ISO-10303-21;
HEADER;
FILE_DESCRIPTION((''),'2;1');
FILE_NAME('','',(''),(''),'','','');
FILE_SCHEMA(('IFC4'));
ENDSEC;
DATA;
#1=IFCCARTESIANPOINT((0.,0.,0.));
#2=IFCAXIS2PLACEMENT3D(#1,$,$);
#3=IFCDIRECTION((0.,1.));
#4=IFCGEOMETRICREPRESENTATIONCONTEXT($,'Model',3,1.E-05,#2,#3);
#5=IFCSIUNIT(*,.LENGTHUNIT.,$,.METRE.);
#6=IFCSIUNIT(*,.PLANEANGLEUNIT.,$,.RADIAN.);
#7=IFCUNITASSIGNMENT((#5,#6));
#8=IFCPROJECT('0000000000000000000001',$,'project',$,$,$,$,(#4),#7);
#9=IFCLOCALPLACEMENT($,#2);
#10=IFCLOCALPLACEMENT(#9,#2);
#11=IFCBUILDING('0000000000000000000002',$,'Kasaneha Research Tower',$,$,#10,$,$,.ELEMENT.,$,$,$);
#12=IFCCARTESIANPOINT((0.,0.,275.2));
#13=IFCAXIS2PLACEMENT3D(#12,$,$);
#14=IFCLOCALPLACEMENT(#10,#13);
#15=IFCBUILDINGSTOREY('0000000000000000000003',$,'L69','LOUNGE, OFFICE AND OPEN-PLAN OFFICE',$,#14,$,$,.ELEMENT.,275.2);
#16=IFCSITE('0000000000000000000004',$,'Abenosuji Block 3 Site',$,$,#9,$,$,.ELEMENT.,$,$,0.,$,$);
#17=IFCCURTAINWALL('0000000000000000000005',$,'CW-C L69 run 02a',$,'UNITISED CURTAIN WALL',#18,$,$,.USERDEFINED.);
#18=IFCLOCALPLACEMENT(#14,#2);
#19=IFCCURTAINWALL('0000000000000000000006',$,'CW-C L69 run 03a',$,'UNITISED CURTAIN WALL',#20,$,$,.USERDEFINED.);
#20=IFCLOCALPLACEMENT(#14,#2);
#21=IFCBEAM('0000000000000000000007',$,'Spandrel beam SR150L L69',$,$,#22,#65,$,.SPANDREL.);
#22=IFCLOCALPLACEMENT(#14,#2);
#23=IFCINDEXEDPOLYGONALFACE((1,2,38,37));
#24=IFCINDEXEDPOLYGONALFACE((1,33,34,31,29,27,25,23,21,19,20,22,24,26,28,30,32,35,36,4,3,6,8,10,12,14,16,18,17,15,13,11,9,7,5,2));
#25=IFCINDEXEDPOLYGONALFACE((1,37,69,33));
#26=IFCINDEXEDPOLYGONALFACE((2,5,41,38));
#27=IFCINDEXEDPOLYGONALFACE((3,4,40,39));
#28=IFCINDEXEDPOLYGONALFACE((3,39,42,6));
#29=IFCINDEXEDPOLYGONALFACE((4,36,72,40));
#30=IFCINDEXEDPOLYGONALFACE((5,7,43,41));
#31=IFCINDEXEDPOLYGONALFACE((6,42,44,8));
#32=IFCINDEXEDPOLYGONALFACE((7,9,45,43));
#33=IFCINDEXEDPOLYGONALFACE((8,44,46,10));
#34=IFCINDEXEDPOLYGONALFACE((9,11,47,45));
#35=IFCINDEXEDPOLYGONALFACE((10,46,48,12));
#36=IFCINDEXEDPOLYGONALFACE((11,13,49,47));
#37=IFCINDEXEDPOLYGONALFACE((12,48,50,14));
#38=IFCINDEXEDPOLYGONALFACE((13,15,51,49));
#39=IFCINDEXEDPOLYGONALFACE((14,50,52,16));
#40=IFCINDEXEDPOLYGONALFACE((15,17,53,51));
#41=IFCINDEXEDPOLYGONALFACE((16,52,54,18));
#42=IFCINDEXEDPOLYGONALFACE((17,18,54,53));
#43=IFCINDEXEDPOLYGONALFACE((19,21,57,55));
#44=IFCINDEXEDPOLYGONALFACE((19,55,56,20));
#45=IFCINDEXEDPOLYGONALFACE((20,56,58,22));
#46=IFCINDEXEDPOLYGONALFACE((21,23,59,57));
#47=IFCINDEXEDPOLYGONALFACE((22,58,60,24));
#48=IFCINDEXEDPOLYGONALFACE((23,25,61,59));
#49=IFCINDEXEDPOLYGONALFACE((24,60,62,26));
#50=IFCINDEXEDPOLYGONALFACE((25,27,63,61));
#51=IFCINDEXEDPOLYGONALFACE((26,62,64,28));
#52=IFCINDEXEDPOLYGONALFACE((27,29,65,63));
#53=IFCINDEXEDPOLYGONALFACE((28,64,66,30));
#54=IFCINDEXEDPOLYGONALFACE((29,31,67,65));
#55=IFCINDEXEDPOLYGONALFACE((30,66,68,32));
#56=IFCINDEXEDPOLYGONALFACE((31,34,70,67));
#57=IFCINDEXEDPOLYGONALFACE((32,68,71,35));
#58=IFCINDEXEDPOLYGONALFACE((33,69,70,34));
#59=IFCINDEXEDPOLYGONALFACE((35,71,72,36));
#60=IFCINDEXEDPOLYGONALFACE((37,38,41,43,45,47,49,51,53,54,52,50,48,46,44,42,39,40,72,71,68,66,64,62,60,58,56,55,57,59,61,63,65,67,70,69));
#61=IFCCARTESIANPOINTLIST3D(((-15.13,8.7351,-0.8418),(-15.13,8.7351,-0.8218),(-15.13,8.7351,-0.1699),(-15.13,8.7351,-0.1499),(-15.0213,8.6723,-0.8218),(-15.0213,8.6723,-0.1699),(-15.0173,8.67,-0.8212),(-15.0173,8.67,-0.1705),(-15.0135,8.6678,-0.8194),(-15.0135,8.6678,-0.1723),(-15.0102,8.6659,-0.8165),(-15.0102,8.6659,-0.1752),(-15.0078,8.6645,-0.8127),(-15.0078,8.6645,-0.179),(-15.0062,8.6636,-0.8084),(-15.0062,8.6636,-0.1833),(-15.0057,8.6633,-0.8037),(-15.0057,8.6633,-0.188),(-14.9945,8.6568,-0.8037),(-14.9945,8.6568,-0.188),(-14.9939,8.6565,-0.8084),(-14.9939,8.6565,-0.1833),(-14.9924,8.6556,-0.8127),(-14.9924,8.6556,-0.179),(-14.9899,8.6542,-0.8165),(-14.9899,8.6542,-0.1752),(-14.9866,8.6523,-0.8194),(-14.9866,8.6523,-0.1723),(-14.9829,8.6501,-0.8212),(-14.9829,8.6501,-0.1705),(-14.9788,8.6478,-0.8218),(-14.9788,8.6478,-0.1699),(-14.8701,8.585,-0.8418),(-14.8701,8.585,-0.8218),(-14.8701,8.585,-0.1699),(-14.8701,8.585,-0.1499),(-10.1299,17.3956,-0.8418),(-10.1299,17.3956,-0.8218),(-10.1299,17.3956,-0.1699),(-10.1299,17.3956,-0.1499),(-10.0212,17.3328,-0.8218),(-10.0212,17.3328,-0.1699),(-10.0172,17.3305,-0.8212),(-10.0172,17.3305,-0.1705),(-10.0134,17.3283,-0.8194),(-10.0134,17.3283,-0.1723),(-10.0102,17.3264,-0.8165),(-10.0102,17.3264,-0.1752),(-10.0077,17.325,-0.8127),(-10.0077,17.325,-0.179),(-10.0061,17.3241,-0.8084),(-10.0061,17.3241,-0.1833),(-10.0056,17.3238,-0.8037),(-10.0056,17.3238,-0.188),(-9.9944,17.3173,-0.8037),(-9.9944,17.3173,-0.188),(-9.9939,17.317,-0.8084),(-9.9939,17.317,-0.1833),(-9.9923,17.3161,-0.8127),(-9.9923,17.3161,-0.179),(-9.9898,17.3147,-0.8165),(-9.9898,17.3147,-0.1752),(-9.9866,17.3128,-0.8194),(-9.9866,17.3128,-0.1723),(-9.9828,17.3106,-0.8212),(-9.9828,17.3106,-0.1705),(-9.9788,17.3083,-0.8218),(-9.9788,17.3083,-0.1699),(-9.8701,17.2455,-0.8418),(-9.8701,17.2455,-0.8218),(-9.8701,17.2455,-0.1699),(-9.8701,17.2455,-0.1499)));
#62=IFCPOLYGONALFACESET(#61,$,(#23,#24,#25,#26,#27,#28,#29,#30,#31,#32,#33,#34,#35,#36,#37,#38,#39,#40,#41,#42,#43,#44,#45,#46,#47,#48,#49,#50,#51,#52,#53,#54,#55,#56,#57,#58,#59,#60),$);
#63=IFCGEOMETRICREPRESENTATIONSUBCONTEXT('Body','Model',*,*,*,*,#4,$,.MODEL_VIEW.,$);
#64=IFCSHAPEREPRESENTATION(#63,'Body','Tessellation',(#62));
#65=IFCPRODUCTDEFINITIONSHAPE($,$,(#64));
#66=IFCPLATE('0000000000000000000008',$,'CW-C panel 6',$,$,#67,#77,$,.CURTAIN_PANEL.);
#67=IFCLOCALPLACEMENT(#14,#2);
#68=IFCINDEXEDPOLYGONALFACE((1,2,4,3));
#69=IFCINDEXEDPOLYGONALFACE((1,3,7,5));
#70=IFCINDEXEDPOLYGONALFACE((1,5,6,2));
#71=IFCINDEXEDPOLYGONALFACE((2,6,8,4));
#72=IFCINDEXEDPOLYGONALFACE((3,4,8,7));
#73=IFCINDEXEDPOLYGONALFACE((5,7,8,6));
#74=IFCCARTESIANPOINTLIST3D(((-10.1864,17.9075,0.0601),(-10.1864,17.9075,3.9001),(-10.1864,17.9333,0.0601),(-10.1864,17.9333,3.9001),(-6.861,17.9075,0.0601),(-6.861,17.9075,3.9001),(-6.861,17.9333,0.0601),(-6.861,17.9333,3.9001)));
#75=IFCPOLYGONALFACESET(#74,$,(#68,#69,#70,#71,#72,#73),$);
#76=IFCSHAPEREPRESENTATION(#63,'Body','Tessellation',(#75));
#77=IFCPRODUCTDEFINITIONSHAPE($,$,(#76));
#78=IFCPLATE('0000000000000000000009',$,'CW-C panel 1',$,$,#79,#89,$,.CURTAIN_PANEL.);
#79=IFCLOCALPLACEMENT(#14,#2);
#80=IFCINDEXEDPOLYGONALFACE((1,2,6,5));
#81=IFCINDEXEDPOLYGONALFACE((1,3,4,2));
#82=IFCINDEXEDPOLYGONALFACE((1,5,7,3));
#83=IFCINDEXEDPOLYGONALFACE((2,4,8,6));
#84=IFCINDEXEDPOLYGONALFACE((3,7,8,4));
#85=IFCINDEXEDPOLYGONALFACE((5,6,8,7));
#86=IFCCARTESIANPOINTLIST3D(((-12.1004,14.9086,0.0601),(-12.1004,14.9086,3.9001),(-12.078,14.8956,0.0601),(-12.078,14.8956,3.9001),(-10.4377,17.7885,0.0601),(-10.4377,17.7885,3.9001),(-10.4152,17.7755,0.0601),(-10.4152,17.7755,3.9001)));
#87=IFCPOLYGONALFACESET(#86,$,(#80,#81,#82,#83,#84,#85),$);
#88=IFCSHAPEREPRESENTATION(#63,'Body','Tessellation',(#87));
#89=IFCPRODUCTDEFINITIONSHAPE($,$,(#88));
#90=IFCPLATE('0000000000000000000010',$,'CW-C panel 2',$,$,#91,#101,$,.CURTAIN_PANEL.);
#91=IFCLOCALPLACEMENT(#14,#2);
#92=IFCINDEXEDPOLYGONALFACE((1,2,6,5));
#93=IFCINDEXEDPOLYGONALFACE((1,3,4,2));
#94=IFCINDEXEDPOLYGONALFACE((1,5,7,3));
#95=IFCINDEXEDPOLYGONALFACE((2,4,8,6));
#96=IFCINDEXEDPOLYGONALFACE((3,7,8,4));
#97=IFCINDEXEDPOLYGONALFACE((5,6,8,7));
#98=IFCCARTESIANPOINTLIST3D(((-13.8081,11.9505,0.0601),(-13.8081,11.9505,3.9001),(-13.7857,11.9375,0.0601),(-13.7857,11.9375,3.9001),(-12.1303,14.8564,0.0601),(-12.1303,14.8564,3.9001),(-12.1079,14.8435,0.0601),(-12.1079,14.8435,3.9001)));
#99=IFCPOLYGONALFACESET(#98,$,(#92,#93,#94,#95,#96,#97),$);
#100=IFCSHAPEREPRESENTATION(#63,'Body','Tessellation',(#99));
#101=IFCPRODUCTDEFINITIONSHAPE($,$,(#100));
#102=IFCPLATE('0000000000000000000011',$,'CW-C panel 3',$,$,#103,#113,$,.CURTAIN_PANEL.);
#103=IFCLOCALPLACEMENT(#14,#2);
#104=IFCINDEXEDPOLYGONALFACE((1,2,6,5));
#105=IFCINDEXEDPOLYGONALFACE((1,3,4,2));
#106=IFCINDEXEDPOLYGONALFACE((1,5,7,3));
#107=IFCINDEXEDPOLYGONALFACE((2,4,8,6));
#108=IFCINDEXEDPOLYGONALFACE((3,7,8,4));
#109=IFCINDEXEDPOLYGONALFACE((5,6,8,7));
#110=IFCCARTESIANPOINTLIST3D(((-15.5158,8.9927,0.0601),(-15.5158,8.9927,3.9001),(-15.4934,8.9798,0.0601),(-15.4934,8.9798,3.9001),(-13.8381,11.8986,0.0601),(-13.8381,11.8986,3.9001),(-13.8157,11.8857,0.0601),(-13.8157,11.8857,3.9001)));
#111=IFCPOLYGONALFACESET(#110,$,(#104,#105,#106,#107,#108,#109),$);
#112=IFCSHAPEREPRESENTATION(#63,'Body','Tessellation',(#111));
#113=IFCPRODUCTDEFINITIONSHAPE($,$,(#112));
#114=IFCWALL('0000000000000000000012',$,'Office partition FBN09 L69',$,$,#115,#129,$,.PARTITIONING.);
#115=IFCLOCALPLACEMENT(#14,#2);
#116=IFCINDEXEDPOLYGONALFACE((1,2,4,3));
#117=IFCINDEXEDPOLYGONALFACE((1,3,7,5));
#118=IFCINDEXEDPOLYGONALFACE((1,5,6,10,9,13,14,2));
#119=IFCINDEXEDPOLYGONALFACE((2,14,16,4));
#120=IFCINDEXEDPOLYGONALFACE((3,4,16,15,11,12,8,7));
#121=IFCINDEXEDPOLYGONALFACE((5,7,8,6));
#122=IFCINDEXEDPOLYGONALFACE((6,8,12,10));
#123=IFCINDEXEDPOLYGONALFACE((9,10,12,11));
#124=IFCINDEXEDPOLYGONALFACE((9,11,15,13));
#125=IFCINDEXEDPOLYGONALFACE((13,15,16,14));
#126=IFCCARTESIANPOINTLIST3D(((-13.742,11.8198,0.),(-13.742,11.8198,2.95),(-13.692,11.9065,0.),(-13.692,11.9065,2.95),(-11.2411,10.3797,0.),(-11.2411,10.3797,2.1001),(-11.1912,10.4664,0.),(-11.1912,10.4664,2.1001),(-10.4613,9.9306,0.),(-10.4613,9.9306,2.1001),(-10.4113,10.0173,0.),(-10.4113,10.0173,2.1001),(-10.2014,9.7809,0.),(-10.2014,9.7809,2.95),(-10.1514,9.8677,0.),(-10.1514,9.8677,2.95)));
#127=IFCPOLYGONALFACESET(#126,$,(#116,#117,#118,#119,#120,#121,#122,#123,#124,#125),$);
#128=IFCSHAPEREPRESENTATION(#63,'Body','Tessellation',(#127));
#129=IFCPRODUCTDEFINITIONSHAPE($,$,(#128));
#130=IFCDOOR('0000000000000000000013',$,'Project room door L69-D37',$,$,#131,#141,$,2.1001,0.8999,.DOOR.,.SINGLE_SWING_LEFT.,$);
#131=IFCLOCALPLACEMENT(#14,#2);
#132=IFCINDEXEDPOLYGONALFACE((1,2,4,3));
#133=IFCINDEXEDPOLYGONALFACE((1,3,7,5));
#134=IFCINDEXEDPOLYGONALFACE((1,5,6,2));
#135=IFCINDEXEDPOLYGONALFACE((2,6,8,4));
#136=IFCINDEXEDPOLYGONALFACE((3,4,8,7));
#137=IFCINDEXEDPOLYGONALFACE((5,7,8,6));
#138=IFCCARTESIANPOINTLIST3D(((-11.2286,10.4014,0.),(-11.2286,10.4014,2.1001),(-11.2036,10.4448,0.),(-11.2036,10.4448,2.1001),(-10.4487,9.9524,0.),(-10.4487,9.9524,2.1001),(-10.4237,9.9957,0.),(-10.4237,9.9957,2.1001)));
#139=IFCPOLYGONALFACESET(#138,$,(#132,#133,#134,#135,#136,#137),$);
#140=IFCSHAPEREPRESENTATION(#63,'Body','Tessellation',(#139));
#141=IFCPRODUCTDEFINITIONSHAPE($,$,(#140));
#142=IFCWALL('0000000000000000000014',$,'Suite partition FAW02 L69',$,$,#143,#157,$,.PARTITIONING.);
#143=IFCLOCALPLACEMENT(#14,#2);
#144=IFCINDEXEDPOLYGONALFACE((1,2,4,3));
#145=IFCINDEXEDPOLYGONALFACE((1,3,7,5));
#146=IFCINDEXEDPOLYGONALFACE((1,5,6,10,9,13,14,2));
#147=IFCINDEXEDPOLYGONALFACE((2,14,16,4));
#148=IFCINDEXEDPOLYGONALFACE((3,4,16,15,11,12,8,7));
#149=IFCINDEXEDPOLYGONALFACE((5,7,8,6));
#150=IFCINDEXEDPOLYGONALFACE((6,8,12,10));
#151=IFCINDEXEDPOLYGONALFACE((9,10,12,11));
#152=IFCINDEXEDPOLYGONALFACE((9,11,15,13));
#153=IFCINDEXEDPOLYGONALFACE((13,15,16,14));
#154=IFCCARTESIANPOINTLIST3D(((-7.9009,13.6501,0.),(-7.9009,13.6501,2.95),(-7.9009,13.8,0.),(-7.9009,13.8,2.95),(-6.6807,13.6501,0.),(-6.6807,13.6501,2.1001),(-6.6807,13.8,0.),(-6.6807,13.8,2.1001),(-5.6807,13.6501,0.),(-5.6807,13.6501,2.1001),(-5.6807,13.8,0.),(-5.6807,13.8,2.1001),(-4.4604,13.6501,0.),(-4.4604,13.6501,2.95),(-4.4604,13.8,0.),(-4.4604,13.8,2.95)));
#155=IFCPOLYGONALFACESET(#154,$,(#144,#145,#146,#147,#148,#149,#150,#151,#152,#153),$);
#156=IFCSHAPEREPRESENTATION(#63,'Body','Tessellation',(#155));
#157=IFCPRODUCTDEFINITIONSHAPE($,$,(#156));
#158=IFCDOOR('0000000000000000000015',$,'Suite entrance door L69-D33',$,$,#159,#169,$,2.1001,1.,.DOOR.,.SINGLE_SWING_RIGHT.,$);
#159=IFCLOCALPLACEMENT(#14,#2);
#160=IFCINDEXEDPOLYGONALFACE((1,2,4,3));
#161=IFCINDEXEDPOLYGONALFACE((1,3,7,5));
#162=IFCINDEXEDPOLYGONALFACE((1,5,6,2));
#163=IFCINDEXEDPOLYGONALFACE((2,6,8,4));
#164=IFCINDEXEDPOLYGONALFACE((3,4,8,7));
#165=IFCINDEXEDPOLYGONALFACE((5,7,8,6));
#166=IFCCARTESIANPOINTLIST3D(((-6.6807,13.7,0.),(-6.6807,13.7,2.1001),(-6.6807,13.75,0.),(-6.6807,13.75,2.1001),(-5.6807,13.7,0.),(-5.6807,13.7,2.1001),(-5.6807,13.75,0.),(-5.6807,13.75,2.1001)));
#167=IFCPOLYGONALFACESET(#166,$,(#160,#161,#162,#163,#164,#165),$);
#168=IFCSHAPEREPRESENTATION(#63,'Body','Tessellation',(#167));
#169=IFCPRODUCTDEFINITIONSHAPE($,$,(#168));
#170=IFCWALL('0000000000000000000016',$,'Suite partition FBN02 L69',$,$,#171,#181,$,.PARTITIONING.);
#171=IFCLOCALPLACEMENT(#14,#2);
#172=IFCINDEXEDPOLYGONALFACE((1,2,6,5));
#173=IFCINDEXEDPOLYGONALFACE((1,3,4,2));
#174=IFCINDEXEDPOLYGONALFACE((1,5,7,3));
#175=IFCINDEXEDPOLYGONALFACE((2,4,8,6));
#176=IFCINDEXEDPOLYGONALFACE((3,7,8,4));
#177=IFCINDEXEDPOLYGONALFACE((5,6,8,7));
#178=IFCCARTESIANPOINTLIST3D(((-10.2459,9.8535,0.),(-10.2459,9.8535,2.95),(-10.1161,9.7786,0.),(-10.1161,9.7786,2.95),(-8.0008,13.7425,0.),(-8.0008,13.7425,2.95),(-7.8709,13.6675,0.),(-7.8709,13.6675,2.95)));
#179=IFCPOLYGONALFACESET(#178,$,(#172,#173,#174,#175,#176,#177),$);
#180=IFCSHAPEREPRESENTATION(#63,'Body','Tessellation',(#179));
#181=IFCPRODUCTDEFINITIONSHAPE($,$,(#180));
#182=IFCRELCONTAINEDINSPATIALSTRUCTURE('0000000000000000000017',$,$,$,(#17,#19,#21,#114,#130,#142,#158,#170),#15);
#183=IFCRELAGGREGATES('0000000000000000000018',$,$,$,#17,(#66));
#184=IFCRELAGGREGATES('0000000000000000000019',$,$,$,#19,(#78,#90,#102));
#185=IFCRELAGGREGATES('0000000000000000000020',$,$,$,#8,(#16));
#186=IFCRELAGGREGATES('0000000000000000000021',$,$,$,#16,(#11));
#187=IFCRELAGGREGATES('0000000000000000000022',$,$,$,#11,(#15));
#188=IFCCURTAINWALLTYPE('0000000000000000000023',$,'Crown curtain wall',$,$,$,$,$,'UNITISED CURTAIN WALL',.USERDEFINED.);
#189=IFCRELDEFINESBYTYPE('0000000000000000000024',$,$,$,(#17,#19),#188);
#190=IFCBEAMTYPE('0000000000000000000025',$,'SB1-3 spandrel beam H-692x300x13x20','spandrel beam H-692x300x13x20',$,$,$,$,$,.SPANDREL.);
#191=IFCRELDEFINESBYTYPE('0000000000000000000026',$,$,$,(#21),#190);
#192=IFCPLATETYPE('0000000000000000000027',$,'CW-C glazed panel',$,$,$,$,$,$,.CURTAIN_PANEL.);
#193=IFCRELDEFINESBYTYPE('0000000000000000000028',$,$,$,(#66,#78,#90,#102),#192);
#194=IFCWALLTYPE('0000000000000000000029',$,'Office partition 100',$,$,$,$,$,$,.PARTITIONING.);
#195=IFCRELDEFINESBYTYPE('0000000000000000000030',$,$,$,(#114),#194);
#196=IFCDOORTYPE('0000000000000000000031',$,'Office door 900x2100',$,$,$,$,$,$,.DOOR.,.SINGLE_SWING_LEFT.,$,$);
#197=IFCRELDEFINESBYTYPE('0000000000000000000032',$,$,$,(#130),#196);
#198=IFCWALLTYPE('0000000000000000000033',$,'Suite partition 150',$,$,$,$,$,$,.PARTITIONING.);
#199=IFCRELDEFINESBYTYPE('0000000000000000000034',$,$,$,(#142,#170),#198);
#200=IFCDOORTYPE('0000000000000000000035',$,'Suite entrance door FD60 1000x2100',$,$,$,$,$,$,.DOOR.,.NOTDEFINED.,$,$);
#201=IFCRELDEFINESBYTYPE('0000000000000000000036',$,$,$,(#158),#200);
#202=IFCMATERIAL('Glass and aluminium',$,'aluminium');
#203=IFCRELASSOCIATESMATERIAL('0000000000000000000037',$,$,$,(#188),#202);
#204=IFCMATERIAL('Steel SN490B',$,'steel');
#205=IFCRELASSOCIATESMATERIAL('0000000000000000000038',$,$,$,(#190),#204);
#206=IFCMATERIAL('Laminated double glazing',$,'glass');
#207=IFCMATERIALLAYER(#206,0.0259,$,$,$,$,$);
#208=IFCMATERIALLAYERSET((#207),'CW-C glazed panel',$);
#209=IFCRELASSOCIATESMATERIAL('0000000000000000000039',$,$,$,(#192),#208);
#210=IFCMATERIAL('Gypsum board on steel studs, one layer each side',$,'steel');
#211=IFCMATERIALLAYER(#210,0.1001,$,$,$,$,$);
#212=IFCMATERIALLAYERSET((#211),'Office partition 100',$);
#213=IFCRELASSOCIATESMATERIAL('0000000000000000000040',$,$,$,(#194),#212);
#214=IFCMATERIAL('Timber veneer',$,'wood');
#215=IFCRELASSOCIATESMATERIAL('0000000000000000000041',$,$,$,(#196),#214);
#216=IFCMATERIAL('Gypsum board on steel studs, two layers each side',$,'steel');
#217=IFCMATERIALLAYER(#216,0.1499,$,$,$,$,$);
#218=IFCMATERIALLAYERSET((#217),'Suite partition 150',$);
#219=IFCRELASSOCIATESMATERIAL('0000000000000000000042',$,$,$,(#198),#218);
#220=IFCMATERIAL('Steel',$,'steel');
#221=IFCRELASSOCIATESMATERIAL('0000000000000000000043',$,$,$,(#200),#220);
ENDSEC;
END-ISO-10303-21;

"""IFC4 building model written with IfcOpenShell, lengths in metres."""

from ifc_helpers import new_model, si_unit, direction, frame, frame_2d, origin, origin_2d, place, context, subcontext, project, spatial, rectangle, i_section, extrude, material, layer, layer_set, material_profile, profile_set, type_object, element, fill, aggregate, save


model = new_model("IFC4")

# Units and contexts
model_context = context("Model", 3, precision=1e-05, world=origin(), true_north=direction((0.0, 1.0)))
body_context = subcontext(model_context, "Body", "Model", "MODEL_VIEW")
ifc_project = project(units=[si_unit("LENGTHUNIT", "METRE"), si_unit("PLANEANGLEUNIT", "RADIAN")], contexts=[model_context])

# Site, building, storey
site_placement = place(None, origin())
site = spatial("IfcSite", under=ifc_project, at=site_placement, Name="Abenosuji Block 3 Site", CompositionType="ELEMENT", RefElevation=0.0)
building_placement = place(site_placement, origin())
building = spatial("IfcBuilding", under=site, at=building_placement, Name="Kasaneha Research Tower", CompositionType="ELEMENT")
storey_placement = place(building_placement, frame((0.0, 0.0, 275.2)))
storey = spatial("IfcBuildingStorey", under=building, at=storey_placement, Name="L69", Description="LOUNGE, OFFICE AND OPEN-PLAN OFFICE", CompositionType="ELEMENT", Elevation=275.2)

# Curtain wall
ifc_material_1 = material(Name="Glass and aluminium", Category="aluminium")
curtain_wall_type = type_object("IfcCurtainWallType", Name="Crown curtain wall", ElementType="UNITISED CURTAIN WALL", PredefinedType="USERDEFINED", material=ifc_material_1)
curtain_wall_1_placement = place(storey_placement, origin())
curtain_wall_1 = element("IfcCurtainWall", 1, at=curtain_wall_1_placement, inside=storey, type_object=curtain_wall_type, Name="CW-C L69 run 02a", ObjectType="UNITISED CURTAIN WALL", PredefinedType="USERDEFINED")

# Curtain wall
curtain_wall_2_placement = place(storey_placement, origin())
curtain_wall_2 = element("IfcCurtainWall", 2, at=curtain_wall_2_placement, inside=storey, type_object=curtain_wall_type, Name="CW-C L69 run 03a", ObjectType="UNITISED CURTAIN WALL", PredefinedType="USERDEFINED")

# Beam
ifc_material_2 = material(Name="Steel SN490B", Category="steel")
ifc_material_profile_1 = material_profile(ifc_material_2, i_section(OverallWidth=0.3, OverallDepth=0.6919, WebThickness=0.0129, FlangeThickness=0.02, FilletRadius=0.0181, at=origin_2d()), Name="H-692x300x13x20")
ifc_profile_set_1 = profile_set([ifc_material_profile_1], Name="Steel SN490B")
beam_type_1 = type_object("IfcBeamType", Name="SB1-3 spandrel beam H-692x300x13x20", Description="spandrel beam H-692x300x13x20", PredefinedType="SPANDREL", material=ifc_profile_set_1)
beam_1_placement = place(storey_placement, frame((-10.0, 17.3206, -0.4958), z_axis=(-0.499994, -0.866029, 0.0), x_axis=(0.866029, -0.499994, 0.0)))
element("IfcBeam", 3, at=beam_1_placement, inside=storey, type_object=beam_type_1, Name="Spandrel beam SR150L L69", PredefinedType="SPANDREL", context=body_context, shape_type="SweptSolid", body=[
    extrude(i_section(OverallWidth=0.3, OverallDepth=0.6919, WebThickness=0.0129, FlangeThickness=0.02, FilletRadius=0.0181, at=origin_2d()), origin(), (0.0, 0.0, 1.0), 10.0002),
])

# Plates
ifc_material_3 = material(Name="Laminated double glazing", Category="glass")
ifc_layer_1 = layer(ifc_material_3, 0.0259)
ifc_layer_set_1 = layer_set([ifc_layer_1], Name="CW-C glazed panel")
plate_type = type_object("IfcPlateType", Name="CW-C glazed panel", PredefinedType="CURTAIN_PANEL", material=ifc_layer_set_1)
plate_1_placement = place(storey_placement, frame((-8.5237, 17.9204, 0.0601), z_axis=(0.0, 0.0, 1.0), x_axis=(-1.0, 0.0, 0.0)))
plate_1 = element("IfcPlate", 4, at=plate_1_placement, type_object=plate_type, Name="CW-C panel 6", PredefinedType="CURTAIN_PANEL", context=body_context, shape_type="SweptSolid", body=[
    extrude(rectangle(XDim=3.3254, YDim=0.0259, at=origin_2d()), origin(), (0.0, 0.0, 1.0), 3.8401),
])
aggregate(curtain_wall_1, [plate_1])
plate_2_placement = place(storey_placement, frame((-11.2578, 16.342, 0.0601), z_axis=(0.0, 0.0, 1.0), x_axis=(-0.5, -0.866025, 0.0)))
plate_2 = element("IfcPlate", 5, at=plate_2_placement, type_object=plate_type, Name="CW-C panel 1", PredefinedType="CURTAIN_PANEL", context=body_context, shape_type="SweptSolid", body=[
    extrude(rectangle(XDim=3.3254, YDim=0.0259, at=origin_2d()), origin(), (0.0, 0.0, 1.0), 3.8401),
])
plate_3_placement = place(storey_placement, frame((-12.958, 13.397, 0.0601), z_axis=(0.0, 0.0, 1.0), x_axis=(-0.5, -0.866025, 0.0)))
plate_3 = element("IfcPlate", 6, at=plate_3_placement, type_object=plate_type, Name="CW-C panel 2", PredefinedType="CURTAIN_PANEL", context=body_context, shape_type="SweptSolid", body=[
    extrude(rectangle(XDim=3.3555, YDim=0.0259, at=origin_2d()), origin(), (0.0, 0.0, 1.0), 3.8401),
])
plate_4_placement = place(storey_placement, frame((-14.6658, 10.4392, 0.0601), z_axis=(0.0, 0.0, 1.0), x_axis=(-0.5, -0.866025, 0.0)))
plate_4 = element("IfcPlate", 7, at=plate_4_placement, type_object=plate_type, Name="CW-C panel 3", PredefinedType="CURTAIN_PANEL", context=body_context, shape_type="SweptSolid", body=[
    extrude(rectangle(XDim=3.3555, YDim=0.0259, at=origin_2d()), origin(), (0.0, 0.0, 1.0), 3.8401),
])
aggregate(curtain_wall_2, [plate_2, plate_3, plate_4])

# Walls, openings, doors
ifc_material_4 = material(Name="Gypsum board on steel studs, one layer each side", Category="steel")
ifc_layer_2 = layer(ifc_material_4, 0.1001)
ifc_layer_set_2 = layer_set([ifc_layer_2], Name="Office partition 100")
wall_type_1 = type_object("IfcWallType", Name="Office partition 100", PredefinedType="PARTITIONING", material=ifc_layer_set_2)
wall_1_placement = place(storey_placement, frame((-10.1763, 9.8242, 0.0), z_axis=(0.0, 0.0, 1.0), x_axis=(-0.866587, 0.499026, 0.0)))
wall_1 = element("IfcWall", 8, at=wall_1_placement, inside=storey, type_object=wall_type_1, Name="Office partition FBN09 L69", PredefinedType="PARTITIONING", context=body_context, shape_type="SweptSolid", body=[
    extrude(rectangle(XDim=4.0857, YDim=0.1001, at=frame_2d((2.043, 0.0))), origin(), (0.0, 0.0, 1.0), 2.95),
])
opening_1_placement = place(wall_1_placement, frame((0.3, 0.0, 0.0)))
opening_1 = element("IfcOpeningElement", 9, at=opening_1_placement, cuts=wall_1, PredefinedType="OPENING", context=body_context, shape_type="SweptSolid", body=[
    extrude(rectangle(XDim=0.8999, YDim=2.1001, at=frame_2d((0.45, 1.05))), frame((0.0, 0.0601, 0.0), z_axis=(0.0, -1.0, 0.0), x_axis=(1.0, 0.0, 0.0)), (0.0, 0.0, 1.0), 0.1201),
])
ifc_material_5 = material(Name="Timber veneer", Category="wood")
door_type_1 = type_object("IfcDoorType", Name="Office door 900x2100", OperationType="SINGLE_SWING_LEFT", PredefinedType="DOOR", material=ifc_material_5)
door_1_placement = place(opening_1_placement, origin())
door_1 = element("IfcDoor", 10, at=door_1_placement, inside=storey, type_object=door_type_1, Name="Project room door L69-D37", OperationType="SINGLE_SWING_LEFT", OverallHeight=2.1001, OverallWidth=0.8999, PredefinedType="DOOR", context=body_context, shape_type="SweptSolid", body=[
    extrude(rectangle(XDim=0.8999, YDim=2.1001, at=frame_2d((0.45, 1.05))), frame((0.0, 0.0249, 0.0), z_axis=(0.0, -1.0, 0.0), x_axis=(1.0, 0.0, 0.0)), (0.0, 0.0, 1.0), 0.05),
])
fill(opening_1, door_1)
ifc_material_6 = material(Name="Gypsum board on steel studs, two layers each side", Category="steel")
ifc_layer_3 = layer(ifc_material_6, 0.1499)
ifc_layer_set_3 = layer_set([ifc_layer_3], Name="Suite partition 150")
wall_type_2 = type_object("IfcWallType", Name="Suite partition 150", PredefinedType="PARTITIONING", material=ifc_layer_set_3)
wall_2_placement = place(storey_placement, frame((-7.9009, 13.7251, 0.0), z_axis=(0.0, 0.0, 1.0), x_axis=(1.0, 0.0, 0.0)))
wall_2 = element("IfcWall", 11, at=wall_2_placement, inside=storey, type_object=wall_type_2, Name="Suite partition FAW02 L69", PredefinedType="PARTITIONING", context=body_context, shape_type="SweptSolid", body=[
    extrude(rectangle(XDim=3.4404, YDim=0.1499, at=frame_2d((1.7202, 0.0))), origin(), (0.0, 0.0, 1.0), 2.95),
])
opening_2_placement = place(wall_2_placement, frame((1.2202, 0.0, 0.0)))
opening_2 = element("IfcOpeningElement", 12, at=opening_2_placement, cuts=wall_2, PredefinedType="OPENING", context=body_context, shape_type="SweptSolid", body=[
    extrude(rectangle(XDim=1.0, YDim=2.1001, at=frame_2d((0.5, 1.05))), frame((0.0, 0.085, 0.0), z_axis=(0.0, -1.0, 0.0), x_axis=(1.0, 0.0, 0.0)), (0.0, 0.0, 1.0), 0.1699),
])
ifc_material_7 = material(Name="Steel", Category="steel")
door_type_2 = type_object("IfcDoorType", Name="Suite entrance door FD60 1000x2100", OperationType="NOTDEFINED", PredefinedType="DOOR", material=ifc_material_7)
door_2_placement = place(opening_2_placement, origin())
door_2 = element("IfcDoor", 13, at=door_2_placement, inside=storey, type_object=door_type_2, Name="Suite entrance door L69-D33", OperationType="SINGLE_SWING_RIGHT", OverallHeight=2.1001, OverallWidth=1.0, PredefinedType="DOOR", context=body_context, shape_type="SweptSolid", body=[
    extrude(rectangle(XDim=1.0, YDim=2.1001, at=frame_2d((0.5, 1.05))), frame((0.0, 0.0249, 0.0), z_axis=(0.0, -1.0, 0.0), x_axis=(1.0, 0.0, 0.0)), (0.0, 0.0, 1.0), 0.05),
])
fill(opening_2, door_2)

# Wall
wall_3_placement = place(storey_placement, frame((-10.1809, 9.8162, 0.0), z_axis=(0.0, 0.0, 1.0), x_axis=(0.499975, 0.86604, 0.0)))
element("IfcWall", 14, at=wall_3_placement, inside=storey, type_object=wall_type_2, Name="Suite partition FBN02 L69", PredefinedType="PARTITIONING", context=body_context, shape_type="SweptSolid", body=[
    extrude(rectangle(XDim=4.4905, YDim=0.1499, at=frame_2d((2.2451, 0.0))), origin(), (0.0, 0.0, 1.0), 2.95),
])

save(model, "model.ifc")
